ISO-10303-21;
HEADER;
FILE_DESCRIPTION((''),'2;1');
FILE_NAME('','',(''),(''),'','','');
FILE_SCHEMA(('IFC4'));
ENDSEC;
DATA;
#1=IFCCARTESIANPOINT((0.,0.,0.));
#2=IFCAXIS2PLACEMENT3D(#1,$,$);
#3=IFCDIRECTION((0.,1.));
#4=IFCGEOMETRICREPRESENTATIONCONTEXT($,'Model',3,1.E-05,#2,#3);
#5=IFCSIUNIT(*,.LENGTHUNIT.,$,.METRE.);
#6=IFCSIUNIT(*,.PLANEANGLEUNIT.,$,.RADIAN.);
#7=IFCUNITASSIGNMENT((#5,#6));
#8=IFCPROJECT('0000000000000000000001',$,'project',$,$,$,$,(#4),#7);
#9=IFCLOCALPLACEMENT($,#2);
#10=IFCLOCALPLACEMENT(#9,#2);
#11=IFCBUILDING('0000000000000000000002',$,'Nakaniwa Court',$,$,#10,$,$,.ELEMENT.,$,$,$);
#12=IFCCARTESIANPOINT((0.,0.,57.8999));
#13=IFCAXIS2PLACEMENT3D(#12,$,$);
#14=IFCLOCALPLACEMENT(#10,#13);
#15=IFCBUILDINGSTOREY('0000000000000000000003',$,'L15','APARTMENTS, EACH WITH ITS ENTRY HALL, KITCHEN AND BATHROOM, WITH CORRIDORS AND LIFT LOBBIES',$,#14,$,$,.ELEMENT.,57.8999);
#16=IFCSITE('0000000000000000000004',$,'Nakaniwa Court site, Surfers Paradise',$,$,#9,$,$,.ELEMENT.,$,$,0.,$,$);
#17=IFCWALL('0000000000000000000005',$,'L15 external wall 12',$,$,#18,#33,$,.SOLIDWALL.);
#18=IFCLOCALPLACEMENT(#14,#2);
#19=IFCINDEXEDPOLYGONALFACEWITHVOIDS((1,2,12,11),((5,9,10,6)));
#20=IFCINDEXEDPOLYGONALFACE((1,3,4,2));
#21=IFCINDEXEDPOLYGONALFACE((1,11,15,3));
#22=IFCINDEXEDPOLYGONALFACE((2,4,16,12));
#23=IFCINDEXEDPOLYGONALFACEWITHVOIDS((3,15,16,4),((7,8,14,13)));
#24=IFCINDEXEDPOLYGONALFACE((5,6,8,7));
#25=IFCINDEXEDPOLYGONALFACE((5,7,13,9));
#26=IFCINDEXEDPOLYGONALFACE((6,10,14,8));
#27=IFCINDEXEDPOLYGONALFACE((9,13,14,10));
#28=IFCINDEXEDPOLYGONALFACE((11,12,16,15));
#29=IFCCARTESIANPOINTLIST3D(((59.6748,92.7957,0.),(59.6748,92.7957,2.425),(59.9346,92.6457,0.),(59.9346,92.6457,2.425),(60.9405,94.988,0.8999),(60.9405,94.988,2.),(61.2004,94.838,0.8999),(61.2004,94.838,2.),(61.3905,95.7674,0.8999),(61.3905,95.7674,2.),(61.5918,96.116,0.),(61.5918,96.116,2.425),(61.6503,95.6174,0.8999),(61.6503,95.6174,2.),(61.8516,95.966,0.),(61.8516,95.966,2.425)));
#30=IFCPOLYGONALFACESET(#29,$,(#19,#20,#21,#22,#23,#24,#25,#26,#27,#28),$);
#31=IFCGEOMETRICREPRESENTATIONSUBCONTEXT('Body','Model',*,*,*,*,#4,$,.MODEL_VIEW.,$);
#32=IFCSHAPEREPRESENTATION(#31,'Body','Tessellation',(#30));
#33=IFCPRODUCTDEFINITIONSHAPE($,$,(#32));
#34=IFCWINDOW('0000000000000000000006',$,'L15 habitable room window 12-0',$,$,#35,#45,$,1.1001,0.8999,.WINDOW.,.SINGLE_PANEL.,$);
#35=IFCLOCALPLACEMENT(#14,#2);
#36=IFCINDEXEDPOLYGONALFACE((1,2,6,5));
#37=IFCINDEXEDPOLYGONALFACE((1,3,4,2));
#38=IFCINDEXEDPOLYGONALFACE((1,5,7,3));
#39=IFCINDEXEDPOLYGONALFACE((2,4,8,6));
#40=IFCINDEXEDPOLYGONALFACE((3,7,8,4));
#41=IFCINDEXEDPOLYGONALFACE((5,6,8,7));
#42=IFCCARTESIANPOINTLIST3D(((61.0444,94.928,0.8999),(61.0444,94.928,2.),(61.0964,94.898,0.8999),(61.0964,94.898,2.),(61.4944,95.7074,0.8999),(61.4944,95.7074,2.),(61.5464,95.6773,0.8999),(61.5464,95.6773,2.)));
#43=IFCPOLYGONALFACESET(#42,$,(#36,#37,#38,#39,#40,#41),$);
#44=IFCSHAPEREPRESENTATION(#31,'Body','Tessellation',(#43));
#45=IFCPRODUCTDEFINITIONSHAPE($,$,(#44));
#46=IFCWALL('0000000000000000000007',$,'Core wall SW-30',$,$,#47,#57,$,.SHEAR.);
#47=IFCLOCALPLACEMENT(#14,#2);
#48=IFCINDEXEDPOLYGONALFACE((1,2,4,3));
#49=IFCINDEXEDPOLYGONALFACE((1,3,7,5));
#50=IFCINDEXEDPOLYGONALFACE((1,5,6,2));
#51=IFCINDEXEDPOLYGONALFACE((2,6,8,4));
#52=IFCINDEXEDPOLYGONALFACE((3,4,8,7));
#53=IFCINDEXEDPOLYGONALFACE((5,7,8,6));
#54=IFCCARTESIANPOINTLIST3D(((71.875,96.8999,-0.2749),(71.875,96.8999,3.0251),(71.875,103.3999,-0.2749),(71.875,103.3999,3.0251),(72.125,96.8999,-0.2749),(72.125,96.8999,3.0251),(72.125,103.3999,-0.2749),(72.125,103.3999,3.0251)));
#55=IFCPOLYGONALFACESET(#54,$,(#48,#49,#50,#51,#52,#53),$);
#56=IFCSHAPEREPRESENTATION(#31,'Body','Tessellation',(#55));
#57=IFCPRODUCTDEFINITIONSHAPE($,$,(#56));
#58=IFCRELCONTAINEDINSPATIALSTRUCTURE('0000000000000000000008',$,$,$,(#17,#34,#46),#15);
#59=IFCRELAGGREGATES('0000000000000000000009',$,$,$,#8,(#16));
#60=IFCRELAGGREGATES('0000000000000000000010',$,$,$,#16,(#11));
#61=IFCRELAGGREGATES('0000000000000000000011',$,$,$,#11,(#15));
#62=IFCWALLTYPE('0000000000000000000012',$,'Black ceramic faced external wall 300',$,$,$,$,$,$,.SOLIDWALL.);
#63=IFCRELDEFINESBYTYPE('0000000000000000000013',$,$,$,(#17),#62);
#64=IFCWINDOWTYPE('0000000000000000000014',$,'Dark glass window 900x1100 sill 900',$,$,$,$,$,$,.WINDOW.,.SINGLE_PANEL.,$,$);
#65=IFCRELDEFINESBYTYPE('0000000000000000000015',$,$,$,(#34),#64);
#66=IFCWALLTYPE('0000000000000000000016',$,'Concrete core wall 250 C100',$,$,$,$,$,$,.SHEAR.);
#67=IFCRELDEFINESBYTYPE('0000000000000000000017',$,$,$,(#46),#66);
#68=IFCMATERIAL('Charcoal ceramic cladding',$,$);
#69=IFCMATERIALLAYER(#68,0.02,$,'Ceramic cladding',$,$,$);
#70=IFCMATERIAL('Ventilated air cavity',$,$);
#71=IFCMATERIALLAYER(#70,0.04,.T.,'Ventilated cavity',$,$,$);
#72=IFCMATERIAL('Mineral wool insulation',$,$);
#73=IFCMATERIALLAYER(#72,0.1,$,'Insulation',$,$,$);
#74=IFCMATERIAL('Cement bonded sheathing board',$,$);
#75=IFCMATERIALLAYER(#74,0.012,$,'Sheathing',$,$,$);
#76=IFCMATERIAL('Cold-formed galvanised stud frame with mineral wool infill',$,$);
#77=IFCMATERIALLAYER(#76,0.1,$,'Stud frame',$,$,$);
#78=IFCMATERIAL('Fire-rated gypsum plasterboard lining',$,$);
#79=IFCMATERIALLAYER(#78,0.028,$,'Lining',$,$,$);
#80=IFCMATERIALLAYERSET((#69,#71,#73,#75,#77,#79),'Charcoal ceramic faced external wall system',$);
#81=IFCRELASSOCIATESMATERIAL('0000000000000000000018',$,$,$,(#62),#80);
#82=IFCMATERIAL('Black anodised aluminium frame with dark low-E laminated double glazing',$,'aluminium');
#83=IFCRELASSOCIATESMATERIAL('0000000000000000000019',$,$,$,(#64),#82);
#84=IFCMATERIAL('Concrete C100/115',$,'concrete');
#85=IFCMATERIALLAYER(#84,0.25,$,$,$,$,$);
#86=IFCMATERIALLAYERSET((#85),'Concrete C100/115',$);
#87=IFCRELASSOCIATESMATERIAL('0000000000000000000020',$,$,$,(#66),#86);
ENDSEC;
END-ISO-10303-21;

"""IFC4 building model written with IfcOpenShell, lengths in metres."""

from ifc_helpers import new_model, si_unit, direction, frame, frame_2d, origin, place, context, subcontext, project, spatial, rectangle, extrude, material, layer, layer_set, type_object, element, fill, save


model = new_model("IFC4")

# Units and contexts
model_context = context("Model", 3, precision=1e-05, world=origin(), true_north=direction((0.0, 1.0)))
body_context = subcontext(model_context, "Body", "Model", "MODEL_VIEW")
ifc_project = project(units=[si_unit("LENGTHUNIT", "METRE"), si_unit("PLANEANGLEUNIT", "RADIAN")], contexts=[model_context])

# Site, building, storey
site_placement = place(None, origin())
site = spatial("IfcSite", under=ifc_project, at=site_placement, Name="Nakaniwa Court site, Surfers Paradise", CompositionType="ELEMENT", RefElevation=0.0)
building_placement = place(site_placement, origin())
building = spatial("IfcBuilding", under=site, at=building_placement, Name="Nakaniwa Court", CompositionType="ELEMENT")
storey_placement = place(building_placement, frame((0.0, 0.0, 57.8999)))
storey = spatial("IfcBuildingStorey", under=building, at=storey_placement, Name="L15", Description="APARTMENTS, EACH WITH ITS ENTRY HALL, KITCHEN AND BATHROOM, WITH CORRIDORS AND LIFT LOBBIES", CompositionType="ELEMENT", Elevation=57.8999)

# Shared definitions
ifc_material_1 = material(Name="Concrete C100/115", Category="concrete")

# Wall, opening, window
ifc_material_2 = material(Name="Charcoal ceramic cladding")
ifc_layer_1 = layer(ifc_material_2, 0.02, Name="Ceramic cladding")
ifc_material_3 = material(Name="Ventilated air cavity")
ifc_layer_2 = layer(ifc_material_3, 0.04, ventilated=True, Name="Ventilated cavity")
ifc_material_4 = material(Name="Mineral wool insulation")
ifc_layer_3 = layer(ifc_material_4, 0.1, Name="Insulation")
ifc_material_5 = material(Name="Cement bonded sheathing board")
ifc_layer_4 = layer(ifc_material_5, 0.012, Name="Sheathing")
ifc_material_6 = material(Name="Cold-formed galvanised stud frame with mineral wool infill")
ifc_layer_5 = layer(ifc_material_6, 0.1, Name="Stud frame")
ifc_material_7 = material(Name="Fire-rated gypsum plasterboard lining")
ifc_layer_6 = layer(ifc_material_7, 0.028, Name="Lining")
ifc_layer_set_1 = layer_set([ifc_layer_1, ifc_layer_2, ifc_layer_3, ifc_layer_4, ifc_layer_5, ifc_layer_6], Name="Charcoal ceramic faced external wall system")
wall_type_1 = type_object("IfcWallType", Name="Black ceramic faced external wall 300", PredefinedType="SOLIDWALL", material=ifc_layer_set_1)
ifc_material_8 = material(Name="Black anodised aluminium frame with dark low-E laminated double glazing", Category="aluminium")
wall_1_placement = place(storey_placement, frame((61.7217, 96.041, 0.0), z_axis=(0.0, 0.0, 1.0), x_axis=(-0.500002, -0.866024, 0.0)))
wall_1 = element("IfcWall", 1, at=wall_1_placement, inside=storey, type_object=wall_type_1, Name="L15 external wall 12", PredefinedType="SOLIDWALL", context=body_context, shape_type="SweptSolid", body=[
    extrude(rectangle(XDim=3.834, YDim=0.3, at=frame_2d((1.917, 0.0))), origin(), (0.0, 0.0, 1.0), 2.425),
])
opening_1_placement = place(wall_1_placement, frame((0.4026, 0.0, 0.8999)))
opening_1 = element("IfcOpeningElement", 2, at=opening_1_placement, cuts=wall_1, PredefinedType="OPENING", context=body_context, shape_type="SweptSolid", body=[
    extrude(rectangle(XDim=0.8999, YDim=1.1001, at=frame_2d((0.45, 0.55))), frame((0.0, 0.1599, 0.0), z_axis=(0.0, -1.0, 0.0), x_axis=(1.0, 0.0, 0.0)), (0.0, 0.0, 1.0), 0.3201),
])
window_type_1 = type_object("IfcWindowType", Name="Dark glass window 900x1100 sill 900", PartitioningType="SINGLE_PANEL", PredefinedType="WINDOW", material=ifc_material_8)
window_1_placement = place(opening_1_placement, origin())
window_1 = element("IfcWindow", 3, at=window_1_placement, inside=storey, type_object=window_type_1, Name="L15 habitable room window 12-0", OverallHeight=1.1001, OverallWidth=0.8999, PartitioningType="SINGLE_PANEL", PredefinedType="WINDOW", context=body_context, shape_type="SweptSolid", body=[
    extrude(rectangle(XDim=0.8999, YDim=1.1001, at=frame_2d((0.45, 0.55))), frame((0.0, 0.03, 0.0), z_axis=(0.0, -1.0, 0.0), x_axis=(1.0, 0.0, 0.0)), (0.0, 0.0, 1.0), 0.0601),
])
fill(opening_1, window_1)

# Wall
ifc_layer_7 = layer(ifc_material_1, 0.25)
ifc_layer_set_2 = layer_set([ifc_layer_7], Name="Concrete C100/115")
wall_type_2 = type_object("IfcWallType", Name="Concrete core wall 250 C100", PredefinedType="SHEAR", material=ifc_layer_set_2)
wall_2_placement = place(storey_placement, frame((72.0, 96.8999, -0.2749), z_axis=(0.0, 0.0, 1.0), x_axis=(0.0, 1.0, 0.0)))
element("IfcWall", 4, at=wall_2_placement, inside=storey, type_object=wall_type_2, Name="Core wall SW-30", PredefinedType="SHEAR", context=body_context, shape_type="SweptSolid", body=[
    extrude(rectangle(XDim=6.5, YDim=0.25, at=frame_2d((3.25, 0.0))), origin(), (0.0, 0.0, 1.0), 3.3),
])

save(model, "model.ifc")
